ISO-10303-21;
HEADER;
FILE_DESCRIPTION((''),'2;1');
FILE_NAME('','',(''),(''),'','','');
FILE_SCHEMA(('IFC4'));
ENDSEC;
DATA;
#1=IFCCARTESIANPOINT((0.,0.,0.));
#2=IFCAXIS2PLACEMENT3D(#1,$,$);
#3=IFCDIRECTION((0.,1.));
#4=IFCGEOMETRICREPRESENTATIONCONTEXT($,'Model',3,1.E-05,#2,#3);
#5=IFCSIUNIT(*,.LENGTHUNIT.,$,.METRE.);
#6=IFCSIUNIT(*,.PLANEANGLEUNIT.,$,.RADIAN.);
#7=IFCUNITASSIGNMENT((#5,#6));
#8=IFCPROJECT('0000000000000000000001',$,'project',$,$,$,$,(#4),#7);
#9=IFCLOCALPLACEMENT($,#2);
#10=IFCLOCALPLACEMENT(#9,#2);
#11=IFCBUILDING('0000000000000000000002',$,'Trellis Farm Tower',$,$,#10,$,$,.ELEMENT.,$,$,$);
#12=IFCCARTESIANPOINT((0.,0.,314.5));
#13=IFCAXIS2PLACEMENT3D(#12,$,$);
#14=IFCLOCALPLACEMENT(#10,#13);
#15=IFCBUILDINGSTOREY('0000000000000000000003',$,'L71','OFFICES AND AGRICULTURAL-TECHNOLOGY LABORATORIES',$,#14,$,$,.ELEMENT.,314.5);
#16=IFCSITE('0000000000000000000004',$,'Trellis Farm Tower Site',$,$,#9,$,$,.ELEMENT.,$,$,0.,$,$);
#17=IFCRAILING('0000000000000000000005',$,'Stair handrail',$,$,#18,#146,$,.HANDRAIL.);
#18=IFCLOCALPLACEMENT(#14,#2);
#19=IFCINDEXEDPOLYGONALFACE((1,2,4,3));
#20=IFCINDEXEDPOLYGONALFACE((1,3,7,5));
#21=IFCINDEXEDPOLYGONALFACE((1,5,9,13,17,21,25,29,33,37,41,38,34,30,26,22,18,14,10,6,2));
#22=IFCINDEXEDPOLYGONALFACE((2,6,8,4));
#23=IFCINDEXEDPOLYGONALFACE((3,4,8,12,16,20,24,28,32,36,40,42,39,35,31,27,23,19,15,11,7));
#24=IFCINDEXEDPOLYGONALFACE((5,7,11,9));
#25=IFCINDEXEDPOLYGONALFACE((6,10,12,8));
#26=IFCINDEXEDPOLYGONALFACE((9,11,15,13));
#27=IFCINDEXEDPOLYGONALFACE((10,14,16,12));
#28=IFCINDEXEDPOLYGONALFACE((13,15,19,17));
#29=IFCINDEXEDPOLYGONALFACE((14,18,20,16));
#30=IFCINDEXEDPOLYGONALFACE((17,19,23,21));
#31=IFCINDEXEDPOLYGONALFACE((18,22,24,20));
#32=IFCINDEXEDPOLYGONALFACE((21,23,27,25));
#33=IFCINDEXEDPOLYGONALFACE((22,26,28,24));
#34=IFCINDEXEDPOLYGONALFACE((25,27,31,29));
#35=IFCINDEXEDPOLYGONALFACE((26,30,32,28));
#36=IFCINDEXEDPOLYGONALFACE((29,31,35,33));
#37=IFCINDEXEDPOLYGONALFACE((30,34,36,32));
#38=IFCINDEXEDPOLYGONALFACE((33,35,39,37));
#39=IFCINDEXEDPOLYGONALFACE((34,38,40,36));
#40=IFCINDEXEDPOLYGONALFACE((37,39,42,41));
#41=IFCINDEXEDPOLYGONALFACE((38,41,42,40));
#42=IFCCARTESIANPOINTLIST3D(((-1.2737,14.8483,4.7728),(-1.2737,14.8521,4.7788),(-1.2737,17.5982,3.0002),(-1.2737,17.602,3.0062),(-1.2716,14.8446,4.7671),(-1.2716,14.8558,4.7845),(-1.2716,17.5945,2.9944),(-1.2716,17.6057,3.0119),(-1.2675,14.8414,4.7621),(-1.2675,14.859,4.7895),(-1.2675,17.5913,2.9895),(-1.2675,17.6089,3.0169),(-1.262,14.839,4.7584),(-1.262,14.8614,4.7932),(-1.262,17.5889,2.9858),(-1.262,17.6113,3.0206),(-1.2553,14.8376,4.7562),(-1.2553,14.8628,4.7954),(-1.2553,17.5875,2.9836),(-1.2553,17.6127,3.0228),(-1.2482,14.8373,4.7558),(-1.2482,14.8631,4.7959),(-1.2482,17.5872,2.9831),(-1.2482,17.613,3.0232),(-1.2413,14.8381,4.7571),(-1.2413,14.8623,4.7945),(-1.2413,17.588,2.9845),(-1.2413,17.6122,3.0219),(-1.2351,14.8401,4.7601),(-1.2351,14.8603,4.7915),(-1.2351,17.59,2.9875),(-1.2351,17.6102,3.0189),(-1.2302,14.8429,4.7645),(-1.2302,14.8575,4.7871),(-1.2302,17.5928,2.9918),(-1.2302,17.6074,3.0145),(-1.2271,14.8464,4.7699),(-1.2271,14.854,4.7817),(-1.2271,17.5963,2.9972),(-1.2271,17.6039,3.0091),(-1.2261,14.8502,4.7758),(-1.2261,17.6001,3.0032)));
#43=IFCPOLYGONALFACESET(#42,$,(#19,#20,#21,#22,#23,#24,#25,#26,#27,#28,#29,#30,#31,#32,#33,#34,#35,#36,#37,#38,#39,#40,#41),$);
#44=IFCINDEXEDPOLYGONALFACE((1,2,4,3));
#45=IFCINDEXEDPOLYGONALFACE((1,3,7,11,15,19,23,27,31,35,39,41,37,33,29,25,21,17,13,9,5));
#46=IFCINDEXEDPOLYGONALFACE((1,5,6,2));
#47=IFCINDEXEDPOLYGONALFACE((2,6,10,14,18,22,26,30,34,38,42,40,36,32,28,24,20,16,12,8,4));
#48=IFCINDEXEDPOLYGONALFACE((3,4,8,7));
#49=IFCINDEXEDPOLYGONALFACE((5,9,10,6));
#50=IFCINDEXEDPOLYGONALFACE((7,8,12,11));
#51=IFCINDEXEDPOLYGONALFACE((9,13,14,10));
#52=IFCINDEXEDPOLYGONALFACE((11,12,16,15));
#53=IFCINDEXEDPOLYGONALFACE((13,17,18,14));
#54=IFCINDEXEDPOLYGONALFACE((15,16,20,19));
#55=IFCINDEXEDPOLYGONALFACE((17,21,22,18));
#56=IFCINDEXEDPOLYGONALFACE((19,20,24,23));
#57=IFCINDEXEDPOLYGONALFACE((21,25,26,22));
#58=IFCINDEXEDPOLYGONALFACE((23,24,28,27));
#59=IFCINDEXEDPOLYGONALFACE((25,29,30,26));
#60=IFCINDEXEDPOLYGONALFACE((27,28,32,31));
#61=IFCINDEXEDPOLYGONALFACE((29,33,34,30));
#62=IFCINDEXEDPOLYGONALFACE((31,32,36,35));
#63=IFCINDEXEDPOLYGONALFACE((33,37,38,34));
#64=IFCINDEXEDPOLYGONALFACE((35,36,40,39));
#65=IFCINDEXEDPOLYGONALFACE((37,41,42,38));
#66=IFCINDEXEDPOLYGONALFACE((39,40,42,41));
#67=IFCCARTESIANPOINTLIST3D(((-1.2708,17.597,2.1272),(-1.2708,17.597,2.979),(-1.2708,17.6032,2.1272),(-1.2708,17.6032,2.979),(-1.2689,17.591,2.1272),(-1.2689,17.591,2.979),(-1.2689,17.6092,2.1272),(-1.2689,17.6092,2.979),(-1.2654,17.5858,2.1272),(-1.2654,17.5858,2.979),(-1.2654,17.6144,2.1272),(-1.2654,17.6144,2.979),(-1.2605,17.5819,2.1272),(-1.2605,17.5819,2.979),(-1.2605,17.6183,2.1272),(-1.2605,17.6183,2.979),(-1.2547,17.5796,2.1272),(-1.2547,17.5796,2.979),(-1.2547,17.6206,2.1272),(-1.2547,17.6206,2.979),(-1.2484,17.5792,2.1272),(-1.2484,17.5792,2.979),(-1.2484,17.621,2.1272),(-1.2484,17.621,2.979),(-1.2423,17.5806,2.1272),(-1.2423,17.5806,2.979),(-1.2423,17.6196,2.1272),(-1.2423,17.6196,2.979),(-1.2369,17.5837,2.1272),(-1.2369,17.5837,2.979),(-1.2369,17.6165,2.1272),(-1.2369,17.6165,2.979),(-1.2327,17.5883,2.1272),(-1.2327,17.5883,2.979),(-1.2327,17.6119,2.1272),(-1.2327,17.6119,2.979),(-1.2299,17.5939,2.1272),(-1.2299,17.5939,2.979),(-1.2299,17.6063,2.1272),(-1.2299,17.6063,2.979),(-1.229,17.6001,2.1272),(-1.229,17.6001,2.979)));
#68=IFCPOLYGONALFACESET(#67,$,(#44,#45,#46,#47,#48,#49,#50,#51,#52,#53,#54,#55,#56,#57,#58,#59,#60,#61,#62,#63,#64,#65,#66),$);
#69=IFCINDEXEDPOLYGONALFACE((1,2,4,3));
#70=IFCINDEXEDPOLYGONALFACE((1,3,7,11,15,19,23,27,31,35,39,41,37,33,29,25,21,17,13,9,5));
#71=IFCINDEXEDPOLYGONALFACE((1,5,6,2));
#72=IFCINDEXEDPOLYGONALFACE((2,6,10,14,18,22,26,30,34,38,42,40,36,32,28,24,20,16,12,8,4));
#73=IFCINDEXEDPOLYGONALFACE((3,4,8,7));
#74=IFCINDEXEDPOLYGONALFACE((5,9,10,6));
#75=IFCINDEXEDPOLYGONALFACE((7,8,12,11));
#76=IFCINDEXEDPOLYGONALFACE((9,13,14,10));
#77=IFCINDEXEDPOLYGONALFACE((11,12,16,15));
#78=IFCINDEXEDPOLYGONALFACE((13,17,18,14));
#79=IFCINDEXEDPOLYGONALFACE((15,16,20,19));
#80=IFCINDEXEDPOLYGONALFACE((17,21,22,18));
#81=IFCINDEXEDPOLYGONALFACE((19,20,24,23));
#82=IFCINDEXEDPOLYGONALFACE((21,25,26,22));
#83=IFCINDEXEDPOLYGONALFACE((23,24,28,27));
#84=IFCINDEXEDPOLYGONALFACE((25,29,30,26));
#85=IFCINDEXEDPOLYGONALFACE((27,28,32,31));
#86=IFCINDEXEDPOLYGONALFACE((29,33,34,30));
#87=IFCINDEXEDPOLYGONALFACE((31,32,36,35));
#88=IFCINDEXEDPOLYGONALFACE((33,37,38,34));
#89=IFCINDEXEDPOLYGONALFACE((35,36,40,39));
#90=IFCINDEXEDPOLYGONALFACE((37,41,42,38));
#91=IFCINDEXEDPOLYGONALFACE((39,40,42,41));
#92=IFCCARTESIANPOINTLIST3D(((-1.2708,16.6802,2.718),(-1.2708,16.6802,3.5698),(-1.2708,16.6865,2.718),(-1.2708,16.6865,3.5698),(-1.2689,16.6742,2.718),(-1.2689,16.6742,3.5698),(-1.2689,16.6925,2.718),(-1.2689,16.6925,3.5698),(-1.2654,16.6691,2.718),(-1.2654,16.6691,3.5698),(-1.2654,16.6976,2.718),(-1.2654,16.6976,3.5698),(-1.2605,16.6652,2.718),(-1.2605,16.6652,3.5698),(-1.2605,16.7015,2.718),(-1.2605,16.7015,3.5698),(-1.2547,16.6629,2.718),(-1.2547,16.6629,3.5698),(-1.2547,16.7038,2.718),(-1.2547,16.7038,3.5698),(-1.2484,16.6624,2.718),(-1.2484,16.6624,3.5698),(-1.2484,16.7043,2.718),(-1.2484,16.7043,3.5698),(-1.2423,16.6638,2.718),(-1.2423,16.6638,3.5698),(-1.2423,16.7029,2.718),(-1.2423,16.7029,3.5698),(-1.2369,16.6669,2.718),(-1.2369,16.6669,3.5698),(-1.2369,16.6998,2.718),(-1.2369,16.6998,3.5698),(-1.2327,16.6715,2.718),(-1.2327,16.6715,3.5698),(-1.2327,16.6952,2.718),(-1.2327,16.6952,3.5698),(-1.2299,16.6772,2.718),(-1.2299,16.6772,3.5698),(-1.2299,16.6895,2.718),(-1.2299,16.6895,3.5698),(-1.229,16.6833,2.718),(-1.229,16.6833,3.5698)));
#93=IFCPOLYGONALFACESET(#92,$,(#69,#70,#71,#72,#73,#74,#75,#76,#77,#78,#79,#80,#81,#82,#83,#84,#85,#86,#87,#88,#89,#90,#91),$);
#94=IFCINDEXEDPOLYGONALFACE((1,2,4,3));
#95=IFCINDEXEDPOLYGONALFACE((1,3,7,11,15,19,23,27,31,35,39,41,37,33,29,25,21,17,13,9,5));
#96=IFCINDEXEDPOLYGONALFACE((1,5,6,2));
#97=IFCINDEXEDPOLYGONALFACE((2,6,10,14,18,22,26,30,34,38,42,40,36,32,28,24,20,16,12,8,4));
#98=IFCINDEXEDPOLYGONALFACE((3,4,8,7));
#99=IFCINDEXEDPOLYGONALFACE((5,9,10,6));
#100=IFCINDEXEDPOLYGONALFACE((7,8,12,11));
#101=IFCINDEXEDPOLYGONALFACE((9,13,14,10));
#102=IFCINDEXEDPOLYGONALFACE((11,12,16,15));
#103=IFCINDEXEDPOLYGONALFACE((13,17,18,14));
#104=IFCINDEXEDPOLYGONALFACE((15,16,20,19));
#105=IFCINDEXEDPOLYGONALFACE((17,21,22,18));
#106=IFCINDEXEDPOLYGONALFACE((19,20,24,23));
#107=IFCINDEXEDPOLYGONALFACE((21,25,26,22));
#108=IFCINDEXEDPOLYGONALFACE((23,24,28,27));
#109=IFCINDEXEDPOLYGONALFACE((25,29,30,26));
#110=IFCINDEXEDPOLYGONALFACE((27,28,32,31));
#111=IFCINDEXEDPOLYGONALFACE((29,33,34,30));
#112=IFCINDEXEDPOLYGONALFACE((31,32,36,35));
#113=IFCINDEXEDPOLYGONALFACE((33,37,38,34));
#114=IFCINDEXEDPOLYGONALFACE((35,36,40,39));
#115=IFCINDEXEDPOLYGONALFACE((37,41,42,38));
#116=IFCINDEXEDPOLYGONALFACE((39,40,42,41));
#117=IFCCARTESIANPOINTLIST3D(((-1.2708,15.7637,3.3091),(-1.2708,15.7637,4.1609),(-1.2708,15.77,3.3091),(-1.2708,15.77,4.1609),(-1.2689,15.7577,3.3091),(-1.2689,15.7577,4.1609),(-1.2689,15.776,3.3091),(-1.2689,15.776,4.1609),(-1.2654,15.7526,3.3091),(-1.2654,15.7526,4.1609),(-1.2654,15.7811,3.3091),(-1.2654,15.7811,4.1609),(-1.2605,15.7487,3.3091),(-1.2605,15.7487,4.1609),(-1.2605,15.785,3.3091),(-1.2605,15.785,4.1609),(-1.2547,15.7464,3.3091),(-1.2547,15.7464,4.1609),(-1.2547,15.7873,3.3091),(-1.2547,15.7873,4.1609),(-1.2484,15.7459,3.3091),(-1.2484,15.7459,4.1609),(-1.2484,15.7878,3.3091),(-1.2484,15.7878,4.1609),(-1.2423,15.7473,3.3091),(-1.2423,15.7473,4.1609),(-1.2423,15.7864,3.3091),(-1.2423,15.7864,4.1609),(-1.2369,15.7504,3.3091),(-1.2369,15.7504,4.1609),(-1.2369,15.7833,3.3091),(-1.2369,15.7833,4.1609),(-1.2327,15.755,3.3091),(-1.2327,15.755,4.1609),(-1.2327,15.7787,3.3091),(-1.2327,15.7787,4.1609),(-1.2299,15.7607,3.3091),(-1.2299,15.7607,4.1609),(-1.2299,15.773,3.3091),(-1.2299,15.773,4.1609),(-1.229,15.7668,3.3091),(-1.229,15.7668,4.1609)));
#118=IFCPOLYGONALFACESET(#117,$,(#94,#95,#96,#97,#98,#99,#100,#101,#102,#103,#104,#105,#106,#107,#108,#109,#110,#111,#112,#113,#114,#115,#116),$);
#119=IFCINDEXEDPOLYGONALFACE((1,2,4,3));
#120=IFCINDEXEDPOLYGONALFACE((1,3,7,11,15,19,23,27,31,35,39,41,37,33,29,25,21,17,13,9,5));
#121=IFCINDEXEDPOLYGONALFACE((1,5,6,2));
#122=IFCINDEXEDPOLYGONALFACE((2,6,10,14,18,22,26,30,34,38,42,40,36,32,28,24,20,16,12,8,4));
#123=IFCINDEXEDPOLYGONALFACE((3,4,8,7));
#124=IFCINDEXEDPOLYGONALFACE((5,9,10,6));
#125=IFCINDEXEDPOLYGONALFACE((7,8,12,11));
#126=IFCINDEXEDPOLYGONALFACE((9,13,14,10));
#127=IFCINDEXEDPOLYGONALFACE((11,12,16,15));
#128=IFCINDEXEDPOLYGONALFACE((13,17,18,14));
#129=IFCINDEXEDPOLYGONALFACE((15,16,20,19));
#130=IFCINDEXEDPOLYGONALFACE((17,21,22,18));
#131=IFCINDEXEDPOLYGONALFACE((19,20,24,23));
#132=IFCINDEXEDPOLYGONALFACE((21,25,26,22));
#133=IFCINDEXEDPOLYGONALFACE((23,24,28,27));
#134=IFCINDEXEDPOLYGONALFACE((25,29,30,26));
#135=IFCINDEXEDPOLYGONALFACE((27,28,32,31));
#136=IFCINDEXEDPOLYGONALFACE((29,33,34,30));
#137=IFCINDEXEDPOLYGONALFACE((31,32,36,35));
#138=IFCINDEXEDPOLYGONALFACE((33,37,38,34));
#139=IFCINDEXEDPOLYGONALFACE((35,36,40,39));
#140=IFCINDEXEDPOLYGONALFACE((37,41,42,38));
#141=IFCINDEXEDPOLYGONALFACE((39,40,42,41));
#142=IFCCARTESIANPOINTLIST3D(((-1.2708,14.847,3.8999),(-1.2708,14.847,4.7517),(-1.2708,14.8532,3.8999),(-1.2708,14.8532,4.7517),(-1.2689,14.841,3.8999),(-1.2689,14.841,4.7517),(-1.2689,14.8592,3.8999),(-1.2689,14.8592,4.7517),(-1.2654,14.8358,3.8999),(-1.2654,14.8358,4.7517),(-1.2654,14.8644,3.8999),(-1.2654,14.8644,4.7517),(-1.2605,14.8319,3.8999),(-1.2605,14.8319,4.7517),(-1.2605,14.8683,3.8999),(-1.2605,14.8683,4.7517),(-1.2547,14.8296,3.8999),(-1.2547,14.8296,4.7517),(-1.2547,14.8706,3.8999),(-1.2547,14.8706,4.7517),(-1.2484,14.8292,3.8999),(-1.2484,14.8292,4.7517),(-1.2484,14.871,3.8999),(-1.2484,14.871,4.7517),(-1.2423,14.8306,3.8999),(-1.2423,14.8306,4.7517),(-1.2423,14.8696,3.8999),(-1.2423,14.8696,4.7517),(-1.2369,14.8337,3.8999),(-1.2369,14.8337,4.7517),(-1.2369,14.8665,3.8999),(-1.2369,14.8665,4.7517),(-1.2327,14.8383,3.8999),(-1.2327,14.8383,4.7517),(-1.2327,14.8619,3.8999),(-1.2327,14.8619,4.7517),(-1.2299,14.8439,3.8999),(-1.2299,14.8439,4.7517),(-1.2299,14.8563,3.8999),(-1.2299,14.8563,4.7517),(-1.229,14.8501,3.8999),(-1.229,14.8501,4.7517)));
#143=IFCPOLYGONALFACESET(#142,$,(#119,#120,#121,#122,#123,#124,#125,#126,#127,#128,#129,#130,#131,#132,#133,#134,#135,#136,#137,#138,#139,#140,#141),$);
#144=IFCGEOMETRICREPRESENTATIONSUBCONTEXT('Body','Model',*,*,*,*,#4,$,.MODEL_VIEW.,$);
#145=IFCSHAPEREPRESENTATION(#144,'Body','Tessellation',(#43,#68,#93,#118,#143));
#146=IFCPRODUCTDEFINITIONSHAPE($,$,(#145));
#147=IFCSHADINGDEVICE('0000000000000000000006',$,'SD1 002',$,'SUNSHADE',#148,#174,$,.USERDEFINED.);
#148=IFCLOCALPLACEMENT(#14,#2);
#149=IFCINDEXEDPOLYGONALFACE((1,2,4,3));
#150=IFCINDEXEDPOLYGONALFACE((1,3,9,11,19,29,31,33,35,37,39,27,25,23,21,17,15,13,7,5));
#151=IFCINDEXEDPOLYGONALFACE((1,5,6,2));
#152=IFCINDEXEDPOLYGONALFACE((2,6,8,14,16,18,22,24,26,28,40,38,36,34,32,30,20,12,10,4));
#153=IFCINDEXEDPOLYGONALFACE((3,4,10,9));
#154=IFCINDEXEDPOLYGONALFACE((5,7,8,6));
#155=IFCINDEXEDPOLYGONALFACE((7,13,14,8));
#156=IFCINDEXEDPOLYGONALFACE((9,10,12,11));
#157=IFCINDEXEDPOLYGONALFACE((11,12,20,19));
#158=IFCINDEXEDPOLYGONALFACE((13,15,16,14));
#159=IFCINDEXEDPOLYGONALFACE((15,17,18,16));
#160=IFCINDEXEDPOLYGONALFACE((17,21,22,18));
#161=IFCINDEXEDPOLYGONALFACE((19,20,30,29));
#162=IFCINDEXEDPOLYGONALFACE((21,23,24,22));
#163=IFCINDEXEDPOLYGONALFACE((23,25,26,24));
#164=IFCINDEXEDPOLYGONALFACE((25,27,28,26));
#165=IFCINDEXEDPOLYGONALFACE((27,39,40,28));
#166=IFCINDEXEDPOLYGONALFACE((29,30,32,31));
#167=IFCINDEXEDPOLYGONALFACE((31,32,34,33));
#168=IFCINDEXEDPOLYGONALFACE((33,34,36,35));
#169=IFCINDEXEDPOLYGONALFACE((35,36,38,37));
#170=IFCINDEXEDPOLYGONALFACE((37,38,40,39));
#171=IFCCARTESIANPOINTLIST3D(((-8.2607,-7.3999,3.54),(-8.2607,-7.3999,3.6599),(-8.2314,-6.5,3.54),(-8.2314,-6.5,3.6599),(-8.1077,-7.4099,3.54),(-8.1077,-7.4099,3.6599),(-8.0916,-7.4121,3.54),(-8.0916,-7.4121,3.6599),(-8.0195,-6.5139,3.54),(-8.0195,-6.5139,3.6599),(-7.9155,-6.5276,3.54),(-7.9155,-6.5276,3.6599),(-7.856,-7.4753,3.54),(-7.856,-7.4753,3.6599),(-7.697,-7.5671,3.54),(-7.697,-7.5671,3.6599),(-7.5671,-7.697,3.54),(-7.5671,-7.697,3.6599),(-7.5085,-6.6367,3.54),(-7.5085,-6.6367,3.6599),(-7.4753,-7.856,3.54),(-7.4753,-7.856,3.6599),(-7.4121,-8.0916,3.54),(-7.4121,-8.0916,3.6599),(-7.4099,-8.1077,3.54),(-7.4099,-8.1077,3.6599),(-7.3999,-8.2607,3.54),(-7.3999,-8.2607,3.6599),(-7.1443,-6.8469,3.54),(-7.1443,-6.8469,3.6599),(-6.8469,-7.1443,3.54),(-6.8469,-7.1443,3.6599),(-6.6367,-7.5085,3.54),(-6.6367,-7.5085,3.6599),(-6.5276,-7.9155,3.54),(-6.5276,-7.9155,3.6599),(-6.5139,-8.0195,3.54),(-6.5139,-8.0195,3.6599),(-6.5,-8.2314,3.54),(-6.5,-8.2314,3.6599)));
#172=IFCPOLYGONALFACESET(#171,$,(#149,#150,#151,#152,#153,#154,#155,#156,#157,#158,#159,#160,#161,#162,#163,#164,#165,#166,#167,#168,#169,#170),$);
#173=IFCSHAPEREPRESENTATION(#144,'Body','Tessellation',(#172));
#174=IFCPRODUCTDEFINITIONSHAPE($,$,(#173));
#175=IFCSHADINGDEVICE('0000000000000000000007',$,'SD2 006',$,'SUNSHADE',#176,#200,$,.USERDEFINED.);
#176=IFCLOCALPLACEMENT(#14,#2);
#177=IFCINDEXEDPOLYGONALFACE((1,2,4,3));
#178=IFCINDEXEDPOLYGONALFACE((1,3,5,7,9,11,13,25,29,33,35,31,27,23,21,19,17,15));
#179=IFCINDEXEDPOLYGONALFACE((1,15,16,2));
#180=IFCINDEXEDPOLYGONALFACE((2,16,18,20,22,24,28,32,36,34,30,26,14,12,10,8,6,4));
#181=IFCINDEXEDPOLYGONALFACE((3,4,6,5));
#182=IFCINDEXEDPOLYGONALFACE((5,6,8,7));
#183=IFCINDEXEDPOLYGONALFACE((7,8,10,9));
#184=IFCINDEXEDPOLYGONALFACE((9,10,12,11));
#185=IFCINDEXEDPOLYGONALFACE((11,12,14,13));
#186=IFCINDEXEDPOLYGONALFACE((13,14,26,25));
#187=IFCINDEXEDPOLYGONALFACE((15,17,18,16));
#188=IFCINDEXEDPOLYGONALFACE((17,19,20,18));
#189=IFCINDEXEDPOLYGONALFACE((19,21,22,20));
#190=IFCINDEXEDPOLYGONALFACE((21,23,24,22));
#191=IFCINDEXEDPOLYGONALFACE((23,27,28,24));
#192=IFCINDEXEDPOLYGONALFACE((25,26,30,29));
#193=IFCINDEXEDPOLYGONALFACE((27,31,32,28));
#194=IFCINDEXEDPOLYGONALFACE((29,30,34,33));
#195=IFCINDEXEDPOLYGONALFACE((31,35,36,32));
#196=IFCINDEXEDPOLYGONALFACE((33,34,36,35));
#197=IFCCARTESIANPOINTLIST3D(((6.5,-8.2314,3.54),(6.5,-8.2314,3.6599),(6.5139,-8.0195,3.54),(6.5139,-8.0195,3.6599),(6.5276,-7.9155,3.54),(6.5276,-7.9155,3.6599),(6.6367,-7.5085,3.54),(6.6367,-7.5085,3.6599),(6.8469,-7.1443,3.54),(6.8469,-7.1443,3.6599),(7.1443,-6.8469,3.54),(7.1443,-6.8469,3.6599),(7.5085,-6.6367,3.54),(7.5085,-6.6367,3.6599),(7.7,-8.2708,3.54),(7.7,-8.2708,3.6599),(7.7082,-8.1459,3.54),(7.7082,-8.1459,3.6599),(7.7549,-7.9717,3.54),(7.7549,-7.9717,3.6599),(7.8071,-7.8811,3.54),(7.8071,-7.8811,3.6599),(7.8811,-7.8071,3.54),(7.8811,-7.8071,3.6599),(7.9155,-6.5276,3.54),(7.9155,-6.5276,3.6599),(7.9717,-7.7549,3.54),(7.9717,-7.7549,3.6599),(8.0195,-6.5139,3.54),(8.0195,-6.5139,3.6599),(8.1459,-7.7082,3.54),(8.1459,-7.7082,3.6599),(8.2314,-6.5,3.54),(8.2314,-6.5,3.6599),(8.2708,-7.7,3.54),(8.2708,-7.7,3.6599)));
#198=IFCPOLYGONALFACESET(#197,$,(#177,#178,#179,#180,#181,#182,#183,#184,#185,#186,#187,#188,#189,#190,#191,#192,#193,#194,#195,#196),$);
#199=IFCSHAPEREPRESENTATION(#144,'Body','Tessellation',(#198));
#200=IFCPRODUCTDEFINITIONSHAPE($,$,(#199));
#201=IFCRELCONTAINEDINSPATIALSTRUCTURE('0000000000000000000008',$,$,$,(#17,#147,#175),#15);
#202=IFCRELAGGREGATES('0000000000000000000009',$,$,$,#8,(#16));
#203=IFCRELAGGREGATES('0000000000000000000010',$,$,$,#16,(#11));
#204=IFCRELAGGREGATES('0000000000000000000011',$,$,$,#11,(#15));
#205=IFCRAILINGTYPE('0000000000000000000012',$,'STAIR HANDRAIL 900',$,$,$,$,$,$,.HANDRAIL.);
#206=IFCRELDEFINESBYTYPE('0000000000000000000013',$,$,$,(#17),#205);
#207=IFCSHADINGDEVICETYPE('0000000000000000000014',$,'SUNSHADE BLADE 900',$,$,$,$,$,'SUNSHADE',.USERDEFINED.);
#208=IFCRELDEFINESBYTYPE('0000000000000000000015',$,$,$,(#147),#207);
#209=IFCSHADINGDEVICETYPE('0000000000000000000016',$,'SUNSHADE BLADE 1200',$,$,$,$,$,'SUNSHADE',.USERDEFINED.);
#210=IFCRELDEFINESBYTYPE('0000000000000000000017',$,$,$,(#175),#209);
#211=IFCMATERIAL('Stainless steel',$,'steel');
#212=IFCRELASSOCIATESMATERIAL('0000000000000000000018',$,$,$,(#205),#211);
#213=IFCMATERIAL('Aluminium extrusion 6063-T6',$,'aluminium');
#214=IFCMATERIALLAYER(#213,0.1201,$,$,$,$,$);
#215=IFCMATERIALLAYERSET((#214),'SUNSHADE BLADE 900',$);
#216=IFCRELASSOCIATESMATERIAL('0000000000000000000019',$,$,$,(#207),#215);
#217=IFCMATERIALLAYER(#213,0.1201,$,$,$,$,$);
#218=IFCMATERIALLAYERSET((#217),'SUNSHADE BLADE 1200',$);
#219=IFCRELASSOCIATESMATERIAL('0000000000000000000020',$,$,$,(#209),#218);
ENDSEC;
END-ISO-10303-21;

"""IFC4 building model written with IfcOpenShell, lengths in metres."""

from ifc_helpers import new_model, si_unit, direction, frame, origin, origin_2d, place, context, subcontext, project, spatial, polyline, circle, outline, extrude, source, transform, mapped, material, layer, layer_set, type_object, element, save


model = new_model("IFC4")

# Units and contexts
model_context = context("Model", 3, precision=1e-05, world=origin(), true_north=direction((0.0, 1.0)))
body_context = subcontext(model_context, "Body", "Model", "MODEL_VIEW")
ifc_project = project(units=[si_unit("LENGTHUNIT", "METRE"), si_unit("PLANEANGLEUNIT", "RADIAN")], contexts=[model_context])

# Site, building, storey
site_placement = place(None, origin())
site = spatial("IfcSite", under=ifc_project, at=site_placement, Name="Trellis Farm Tower Site", CompositionType="ELEMENT", RefElevation=0.0)
building_placement = place(site_placement, origin())
building = spatial("IfcBuilding", under=site, at=building_placement, Name="Trellis Farm Tower", CompositionType="ELEMENT")
storey_placement = place(building_placement, frame((0.0, 0.0, 314.5)))
storey = spatial("IfcBuildingStorey", under=building, at=storey_placement, Name="L71", Description="OFFICES AND AGRICULTURAL-TECHNOLOGY LABORATORIES", CompositionType="ELEMENT", Elevation=314.5)

# Shared definitions
ifc_material_1 = material(Name="Aluminium extrusion 6063-T6", Category="aluminium")

# Railing
ifc_material_2 = material(Name="Stainless steel", Category="steel")
railing_type = type_object("IfcRailingType", Name="STAIR HANDRAIL 900", PredefinedType="HANDRAIL", material=ifc_material_2)
shared_shape_1 = source(origin(), body_context, "Body", "SweptSolid", [
    extrude(circle(Radius=0.0239, at=origin_2d()), frame((0.0, 0.0, 0.876), z_axis=(0.0, -0.840504, 0.541806), x_axis=(1.0, 0.0, 0.0)), (0.0, 0.0, 1.0), 3.2717),
    extrude(circle(Radius=0.021, at=origin_2d()), origin(), (0.0, 0.0, 1.0), 0.8518),
    extrude(circle(Radius=0.021, at=origin_2d()), frame((0.0, -0.9167, 0.5908)), (0.0, 0.0, 1.0), 0.8518),
    extrude(circle(Radius=0.021, at=origin_2d()), frame((0.0, -1.8333, 1.1819)), (0.0, 0.0, 1.0), 0.8518),
    extrude(circle(Radius=0.021, at=origin_2d()), frame((0.0, -2.75, 1.7727)), (0.0, 0.0, 1.0), 0.8518),
])
railing_placement = place(storey_placement, frame((-1.25, 17.6001, 2.1272)))
element("IfcRailing", 1, at=railing_placement, inside=storey, type_object=railing_type, Name="Stair handrail", PredefinedType="HANDRAIL", context=body_context, shape_type="MappedRepresentation", body=[
    mapped(shared_shape_1, transform((0.0, 0.0, 0.0))),
])

# Shading devices
ifc_layer_1 = layer(ifc_material_1, 0.1201)
ifc_layer_set_1 = layer_set([ifc_layer_1], Name="SUNSHADE BLADE 900")
shading_device_type_1 = type_object("IfcShadingDeviceType", Name="SUNSHADE BLADE 900", ElementType="SUNSHADE", PredefinedType="USERDEFINED", material=ifc_layer_set_1)
shared_shape_2 = source(origin(), body_context, "Body", "SweptSolid", [
    extrude(outline(polyline([(-8.2607, -7.3999), (-8.1077, -7.4099), (-8.0916, -7.4121), (-7.856, -7.4753), (-7.697, -7.5671), (-7.5671, -7.697), (-7.4753, -7.856), (-7.4121, -8.0916), (-7.4099, -8.1077), (-7.3999, -8.2607), (-6.5, -8.2314), (-6.5139, -8.0195), (-6.5276, -7.9155), (-6.6367, -7.5085), (-6.8469, -7.1443), (-7.1443, -6.8469), (-7.5085, -6.6367), (-7.9155, -6.5276), (-8.0195, -6.5139), (-8.2314, -6.5), (-8.2607, -7.3999)])), origin(), (0.0, 0.0, 1.0), 0.1199),
])
placement_1 = place(storey_placement, frame((0.0, 0.0, 3.54)))
element("IfcShadingDevice", 2, at=placement_1, inside=storey, type_object=shading_device_type_1, Name="SD1 002", ObjectType="SUNSHADE", PredefinedType="USERDEFINED", context=body_context, shape_type="MappedRepresentation", body=[
    mapped(shared_shape_2, transform((0.0, 0.0, 0.0))),
])
ifc_layer_2 = layer(ifc_material_1, 0.1201)
ifc_layer_set_2 = layer_set([ifc_layer_2], Name="SUNSHADE BLADE 1200")
shading_device_type_2 = type_object("IfcShadingDeviceType", Name="SUNSHADE BLADE 1200", ElementType="SUNSHADE", PredefinedType="USERDEFINED", material=ifc_layer_set_2)
shared_shape_3 = source(origin(), body_context, "Body", "SweptSolid", [
    extrude(outline(polyline([(7.7, -8.2708), (7.7087, -8.1372), (7.707, -8.1501), (7.7549, -7.9717), (7.8071, -7.8811), (7.8811, -7.8071), (7.9717, -7.7549), (8.1501, -7.707), (8.1372, -7.7087), (8.2708, -7.7), (8.2314, -6.5), (8.0195, -6.5139), (7.9155, -6.5276), (7.5085, -6.6367), (7.1443, -6.8469), (6.8469, -7.1443), (6.6367, -7.5085), (6.5276, -7.9155), (6.5139, -8.0195), (6.5, -8.2314), (7.7, -8.2708)])), origin(), (0.0, 0.0, 1.0), 0.1199),
])
element("IfcShadingDevice", 3, at=placement_1, inside=storey, type_object=shading_device_type_2, Name="SD2 006", ObjectType="SUNSHADE", PredefinedType="USERDEFINED", context=body_context, shape_type="MappedRepresentation", body=[
    mapped(shared_shape_3, transform((0.0, 0.0, 0.0))),
])

save(model, "model.ifc")
